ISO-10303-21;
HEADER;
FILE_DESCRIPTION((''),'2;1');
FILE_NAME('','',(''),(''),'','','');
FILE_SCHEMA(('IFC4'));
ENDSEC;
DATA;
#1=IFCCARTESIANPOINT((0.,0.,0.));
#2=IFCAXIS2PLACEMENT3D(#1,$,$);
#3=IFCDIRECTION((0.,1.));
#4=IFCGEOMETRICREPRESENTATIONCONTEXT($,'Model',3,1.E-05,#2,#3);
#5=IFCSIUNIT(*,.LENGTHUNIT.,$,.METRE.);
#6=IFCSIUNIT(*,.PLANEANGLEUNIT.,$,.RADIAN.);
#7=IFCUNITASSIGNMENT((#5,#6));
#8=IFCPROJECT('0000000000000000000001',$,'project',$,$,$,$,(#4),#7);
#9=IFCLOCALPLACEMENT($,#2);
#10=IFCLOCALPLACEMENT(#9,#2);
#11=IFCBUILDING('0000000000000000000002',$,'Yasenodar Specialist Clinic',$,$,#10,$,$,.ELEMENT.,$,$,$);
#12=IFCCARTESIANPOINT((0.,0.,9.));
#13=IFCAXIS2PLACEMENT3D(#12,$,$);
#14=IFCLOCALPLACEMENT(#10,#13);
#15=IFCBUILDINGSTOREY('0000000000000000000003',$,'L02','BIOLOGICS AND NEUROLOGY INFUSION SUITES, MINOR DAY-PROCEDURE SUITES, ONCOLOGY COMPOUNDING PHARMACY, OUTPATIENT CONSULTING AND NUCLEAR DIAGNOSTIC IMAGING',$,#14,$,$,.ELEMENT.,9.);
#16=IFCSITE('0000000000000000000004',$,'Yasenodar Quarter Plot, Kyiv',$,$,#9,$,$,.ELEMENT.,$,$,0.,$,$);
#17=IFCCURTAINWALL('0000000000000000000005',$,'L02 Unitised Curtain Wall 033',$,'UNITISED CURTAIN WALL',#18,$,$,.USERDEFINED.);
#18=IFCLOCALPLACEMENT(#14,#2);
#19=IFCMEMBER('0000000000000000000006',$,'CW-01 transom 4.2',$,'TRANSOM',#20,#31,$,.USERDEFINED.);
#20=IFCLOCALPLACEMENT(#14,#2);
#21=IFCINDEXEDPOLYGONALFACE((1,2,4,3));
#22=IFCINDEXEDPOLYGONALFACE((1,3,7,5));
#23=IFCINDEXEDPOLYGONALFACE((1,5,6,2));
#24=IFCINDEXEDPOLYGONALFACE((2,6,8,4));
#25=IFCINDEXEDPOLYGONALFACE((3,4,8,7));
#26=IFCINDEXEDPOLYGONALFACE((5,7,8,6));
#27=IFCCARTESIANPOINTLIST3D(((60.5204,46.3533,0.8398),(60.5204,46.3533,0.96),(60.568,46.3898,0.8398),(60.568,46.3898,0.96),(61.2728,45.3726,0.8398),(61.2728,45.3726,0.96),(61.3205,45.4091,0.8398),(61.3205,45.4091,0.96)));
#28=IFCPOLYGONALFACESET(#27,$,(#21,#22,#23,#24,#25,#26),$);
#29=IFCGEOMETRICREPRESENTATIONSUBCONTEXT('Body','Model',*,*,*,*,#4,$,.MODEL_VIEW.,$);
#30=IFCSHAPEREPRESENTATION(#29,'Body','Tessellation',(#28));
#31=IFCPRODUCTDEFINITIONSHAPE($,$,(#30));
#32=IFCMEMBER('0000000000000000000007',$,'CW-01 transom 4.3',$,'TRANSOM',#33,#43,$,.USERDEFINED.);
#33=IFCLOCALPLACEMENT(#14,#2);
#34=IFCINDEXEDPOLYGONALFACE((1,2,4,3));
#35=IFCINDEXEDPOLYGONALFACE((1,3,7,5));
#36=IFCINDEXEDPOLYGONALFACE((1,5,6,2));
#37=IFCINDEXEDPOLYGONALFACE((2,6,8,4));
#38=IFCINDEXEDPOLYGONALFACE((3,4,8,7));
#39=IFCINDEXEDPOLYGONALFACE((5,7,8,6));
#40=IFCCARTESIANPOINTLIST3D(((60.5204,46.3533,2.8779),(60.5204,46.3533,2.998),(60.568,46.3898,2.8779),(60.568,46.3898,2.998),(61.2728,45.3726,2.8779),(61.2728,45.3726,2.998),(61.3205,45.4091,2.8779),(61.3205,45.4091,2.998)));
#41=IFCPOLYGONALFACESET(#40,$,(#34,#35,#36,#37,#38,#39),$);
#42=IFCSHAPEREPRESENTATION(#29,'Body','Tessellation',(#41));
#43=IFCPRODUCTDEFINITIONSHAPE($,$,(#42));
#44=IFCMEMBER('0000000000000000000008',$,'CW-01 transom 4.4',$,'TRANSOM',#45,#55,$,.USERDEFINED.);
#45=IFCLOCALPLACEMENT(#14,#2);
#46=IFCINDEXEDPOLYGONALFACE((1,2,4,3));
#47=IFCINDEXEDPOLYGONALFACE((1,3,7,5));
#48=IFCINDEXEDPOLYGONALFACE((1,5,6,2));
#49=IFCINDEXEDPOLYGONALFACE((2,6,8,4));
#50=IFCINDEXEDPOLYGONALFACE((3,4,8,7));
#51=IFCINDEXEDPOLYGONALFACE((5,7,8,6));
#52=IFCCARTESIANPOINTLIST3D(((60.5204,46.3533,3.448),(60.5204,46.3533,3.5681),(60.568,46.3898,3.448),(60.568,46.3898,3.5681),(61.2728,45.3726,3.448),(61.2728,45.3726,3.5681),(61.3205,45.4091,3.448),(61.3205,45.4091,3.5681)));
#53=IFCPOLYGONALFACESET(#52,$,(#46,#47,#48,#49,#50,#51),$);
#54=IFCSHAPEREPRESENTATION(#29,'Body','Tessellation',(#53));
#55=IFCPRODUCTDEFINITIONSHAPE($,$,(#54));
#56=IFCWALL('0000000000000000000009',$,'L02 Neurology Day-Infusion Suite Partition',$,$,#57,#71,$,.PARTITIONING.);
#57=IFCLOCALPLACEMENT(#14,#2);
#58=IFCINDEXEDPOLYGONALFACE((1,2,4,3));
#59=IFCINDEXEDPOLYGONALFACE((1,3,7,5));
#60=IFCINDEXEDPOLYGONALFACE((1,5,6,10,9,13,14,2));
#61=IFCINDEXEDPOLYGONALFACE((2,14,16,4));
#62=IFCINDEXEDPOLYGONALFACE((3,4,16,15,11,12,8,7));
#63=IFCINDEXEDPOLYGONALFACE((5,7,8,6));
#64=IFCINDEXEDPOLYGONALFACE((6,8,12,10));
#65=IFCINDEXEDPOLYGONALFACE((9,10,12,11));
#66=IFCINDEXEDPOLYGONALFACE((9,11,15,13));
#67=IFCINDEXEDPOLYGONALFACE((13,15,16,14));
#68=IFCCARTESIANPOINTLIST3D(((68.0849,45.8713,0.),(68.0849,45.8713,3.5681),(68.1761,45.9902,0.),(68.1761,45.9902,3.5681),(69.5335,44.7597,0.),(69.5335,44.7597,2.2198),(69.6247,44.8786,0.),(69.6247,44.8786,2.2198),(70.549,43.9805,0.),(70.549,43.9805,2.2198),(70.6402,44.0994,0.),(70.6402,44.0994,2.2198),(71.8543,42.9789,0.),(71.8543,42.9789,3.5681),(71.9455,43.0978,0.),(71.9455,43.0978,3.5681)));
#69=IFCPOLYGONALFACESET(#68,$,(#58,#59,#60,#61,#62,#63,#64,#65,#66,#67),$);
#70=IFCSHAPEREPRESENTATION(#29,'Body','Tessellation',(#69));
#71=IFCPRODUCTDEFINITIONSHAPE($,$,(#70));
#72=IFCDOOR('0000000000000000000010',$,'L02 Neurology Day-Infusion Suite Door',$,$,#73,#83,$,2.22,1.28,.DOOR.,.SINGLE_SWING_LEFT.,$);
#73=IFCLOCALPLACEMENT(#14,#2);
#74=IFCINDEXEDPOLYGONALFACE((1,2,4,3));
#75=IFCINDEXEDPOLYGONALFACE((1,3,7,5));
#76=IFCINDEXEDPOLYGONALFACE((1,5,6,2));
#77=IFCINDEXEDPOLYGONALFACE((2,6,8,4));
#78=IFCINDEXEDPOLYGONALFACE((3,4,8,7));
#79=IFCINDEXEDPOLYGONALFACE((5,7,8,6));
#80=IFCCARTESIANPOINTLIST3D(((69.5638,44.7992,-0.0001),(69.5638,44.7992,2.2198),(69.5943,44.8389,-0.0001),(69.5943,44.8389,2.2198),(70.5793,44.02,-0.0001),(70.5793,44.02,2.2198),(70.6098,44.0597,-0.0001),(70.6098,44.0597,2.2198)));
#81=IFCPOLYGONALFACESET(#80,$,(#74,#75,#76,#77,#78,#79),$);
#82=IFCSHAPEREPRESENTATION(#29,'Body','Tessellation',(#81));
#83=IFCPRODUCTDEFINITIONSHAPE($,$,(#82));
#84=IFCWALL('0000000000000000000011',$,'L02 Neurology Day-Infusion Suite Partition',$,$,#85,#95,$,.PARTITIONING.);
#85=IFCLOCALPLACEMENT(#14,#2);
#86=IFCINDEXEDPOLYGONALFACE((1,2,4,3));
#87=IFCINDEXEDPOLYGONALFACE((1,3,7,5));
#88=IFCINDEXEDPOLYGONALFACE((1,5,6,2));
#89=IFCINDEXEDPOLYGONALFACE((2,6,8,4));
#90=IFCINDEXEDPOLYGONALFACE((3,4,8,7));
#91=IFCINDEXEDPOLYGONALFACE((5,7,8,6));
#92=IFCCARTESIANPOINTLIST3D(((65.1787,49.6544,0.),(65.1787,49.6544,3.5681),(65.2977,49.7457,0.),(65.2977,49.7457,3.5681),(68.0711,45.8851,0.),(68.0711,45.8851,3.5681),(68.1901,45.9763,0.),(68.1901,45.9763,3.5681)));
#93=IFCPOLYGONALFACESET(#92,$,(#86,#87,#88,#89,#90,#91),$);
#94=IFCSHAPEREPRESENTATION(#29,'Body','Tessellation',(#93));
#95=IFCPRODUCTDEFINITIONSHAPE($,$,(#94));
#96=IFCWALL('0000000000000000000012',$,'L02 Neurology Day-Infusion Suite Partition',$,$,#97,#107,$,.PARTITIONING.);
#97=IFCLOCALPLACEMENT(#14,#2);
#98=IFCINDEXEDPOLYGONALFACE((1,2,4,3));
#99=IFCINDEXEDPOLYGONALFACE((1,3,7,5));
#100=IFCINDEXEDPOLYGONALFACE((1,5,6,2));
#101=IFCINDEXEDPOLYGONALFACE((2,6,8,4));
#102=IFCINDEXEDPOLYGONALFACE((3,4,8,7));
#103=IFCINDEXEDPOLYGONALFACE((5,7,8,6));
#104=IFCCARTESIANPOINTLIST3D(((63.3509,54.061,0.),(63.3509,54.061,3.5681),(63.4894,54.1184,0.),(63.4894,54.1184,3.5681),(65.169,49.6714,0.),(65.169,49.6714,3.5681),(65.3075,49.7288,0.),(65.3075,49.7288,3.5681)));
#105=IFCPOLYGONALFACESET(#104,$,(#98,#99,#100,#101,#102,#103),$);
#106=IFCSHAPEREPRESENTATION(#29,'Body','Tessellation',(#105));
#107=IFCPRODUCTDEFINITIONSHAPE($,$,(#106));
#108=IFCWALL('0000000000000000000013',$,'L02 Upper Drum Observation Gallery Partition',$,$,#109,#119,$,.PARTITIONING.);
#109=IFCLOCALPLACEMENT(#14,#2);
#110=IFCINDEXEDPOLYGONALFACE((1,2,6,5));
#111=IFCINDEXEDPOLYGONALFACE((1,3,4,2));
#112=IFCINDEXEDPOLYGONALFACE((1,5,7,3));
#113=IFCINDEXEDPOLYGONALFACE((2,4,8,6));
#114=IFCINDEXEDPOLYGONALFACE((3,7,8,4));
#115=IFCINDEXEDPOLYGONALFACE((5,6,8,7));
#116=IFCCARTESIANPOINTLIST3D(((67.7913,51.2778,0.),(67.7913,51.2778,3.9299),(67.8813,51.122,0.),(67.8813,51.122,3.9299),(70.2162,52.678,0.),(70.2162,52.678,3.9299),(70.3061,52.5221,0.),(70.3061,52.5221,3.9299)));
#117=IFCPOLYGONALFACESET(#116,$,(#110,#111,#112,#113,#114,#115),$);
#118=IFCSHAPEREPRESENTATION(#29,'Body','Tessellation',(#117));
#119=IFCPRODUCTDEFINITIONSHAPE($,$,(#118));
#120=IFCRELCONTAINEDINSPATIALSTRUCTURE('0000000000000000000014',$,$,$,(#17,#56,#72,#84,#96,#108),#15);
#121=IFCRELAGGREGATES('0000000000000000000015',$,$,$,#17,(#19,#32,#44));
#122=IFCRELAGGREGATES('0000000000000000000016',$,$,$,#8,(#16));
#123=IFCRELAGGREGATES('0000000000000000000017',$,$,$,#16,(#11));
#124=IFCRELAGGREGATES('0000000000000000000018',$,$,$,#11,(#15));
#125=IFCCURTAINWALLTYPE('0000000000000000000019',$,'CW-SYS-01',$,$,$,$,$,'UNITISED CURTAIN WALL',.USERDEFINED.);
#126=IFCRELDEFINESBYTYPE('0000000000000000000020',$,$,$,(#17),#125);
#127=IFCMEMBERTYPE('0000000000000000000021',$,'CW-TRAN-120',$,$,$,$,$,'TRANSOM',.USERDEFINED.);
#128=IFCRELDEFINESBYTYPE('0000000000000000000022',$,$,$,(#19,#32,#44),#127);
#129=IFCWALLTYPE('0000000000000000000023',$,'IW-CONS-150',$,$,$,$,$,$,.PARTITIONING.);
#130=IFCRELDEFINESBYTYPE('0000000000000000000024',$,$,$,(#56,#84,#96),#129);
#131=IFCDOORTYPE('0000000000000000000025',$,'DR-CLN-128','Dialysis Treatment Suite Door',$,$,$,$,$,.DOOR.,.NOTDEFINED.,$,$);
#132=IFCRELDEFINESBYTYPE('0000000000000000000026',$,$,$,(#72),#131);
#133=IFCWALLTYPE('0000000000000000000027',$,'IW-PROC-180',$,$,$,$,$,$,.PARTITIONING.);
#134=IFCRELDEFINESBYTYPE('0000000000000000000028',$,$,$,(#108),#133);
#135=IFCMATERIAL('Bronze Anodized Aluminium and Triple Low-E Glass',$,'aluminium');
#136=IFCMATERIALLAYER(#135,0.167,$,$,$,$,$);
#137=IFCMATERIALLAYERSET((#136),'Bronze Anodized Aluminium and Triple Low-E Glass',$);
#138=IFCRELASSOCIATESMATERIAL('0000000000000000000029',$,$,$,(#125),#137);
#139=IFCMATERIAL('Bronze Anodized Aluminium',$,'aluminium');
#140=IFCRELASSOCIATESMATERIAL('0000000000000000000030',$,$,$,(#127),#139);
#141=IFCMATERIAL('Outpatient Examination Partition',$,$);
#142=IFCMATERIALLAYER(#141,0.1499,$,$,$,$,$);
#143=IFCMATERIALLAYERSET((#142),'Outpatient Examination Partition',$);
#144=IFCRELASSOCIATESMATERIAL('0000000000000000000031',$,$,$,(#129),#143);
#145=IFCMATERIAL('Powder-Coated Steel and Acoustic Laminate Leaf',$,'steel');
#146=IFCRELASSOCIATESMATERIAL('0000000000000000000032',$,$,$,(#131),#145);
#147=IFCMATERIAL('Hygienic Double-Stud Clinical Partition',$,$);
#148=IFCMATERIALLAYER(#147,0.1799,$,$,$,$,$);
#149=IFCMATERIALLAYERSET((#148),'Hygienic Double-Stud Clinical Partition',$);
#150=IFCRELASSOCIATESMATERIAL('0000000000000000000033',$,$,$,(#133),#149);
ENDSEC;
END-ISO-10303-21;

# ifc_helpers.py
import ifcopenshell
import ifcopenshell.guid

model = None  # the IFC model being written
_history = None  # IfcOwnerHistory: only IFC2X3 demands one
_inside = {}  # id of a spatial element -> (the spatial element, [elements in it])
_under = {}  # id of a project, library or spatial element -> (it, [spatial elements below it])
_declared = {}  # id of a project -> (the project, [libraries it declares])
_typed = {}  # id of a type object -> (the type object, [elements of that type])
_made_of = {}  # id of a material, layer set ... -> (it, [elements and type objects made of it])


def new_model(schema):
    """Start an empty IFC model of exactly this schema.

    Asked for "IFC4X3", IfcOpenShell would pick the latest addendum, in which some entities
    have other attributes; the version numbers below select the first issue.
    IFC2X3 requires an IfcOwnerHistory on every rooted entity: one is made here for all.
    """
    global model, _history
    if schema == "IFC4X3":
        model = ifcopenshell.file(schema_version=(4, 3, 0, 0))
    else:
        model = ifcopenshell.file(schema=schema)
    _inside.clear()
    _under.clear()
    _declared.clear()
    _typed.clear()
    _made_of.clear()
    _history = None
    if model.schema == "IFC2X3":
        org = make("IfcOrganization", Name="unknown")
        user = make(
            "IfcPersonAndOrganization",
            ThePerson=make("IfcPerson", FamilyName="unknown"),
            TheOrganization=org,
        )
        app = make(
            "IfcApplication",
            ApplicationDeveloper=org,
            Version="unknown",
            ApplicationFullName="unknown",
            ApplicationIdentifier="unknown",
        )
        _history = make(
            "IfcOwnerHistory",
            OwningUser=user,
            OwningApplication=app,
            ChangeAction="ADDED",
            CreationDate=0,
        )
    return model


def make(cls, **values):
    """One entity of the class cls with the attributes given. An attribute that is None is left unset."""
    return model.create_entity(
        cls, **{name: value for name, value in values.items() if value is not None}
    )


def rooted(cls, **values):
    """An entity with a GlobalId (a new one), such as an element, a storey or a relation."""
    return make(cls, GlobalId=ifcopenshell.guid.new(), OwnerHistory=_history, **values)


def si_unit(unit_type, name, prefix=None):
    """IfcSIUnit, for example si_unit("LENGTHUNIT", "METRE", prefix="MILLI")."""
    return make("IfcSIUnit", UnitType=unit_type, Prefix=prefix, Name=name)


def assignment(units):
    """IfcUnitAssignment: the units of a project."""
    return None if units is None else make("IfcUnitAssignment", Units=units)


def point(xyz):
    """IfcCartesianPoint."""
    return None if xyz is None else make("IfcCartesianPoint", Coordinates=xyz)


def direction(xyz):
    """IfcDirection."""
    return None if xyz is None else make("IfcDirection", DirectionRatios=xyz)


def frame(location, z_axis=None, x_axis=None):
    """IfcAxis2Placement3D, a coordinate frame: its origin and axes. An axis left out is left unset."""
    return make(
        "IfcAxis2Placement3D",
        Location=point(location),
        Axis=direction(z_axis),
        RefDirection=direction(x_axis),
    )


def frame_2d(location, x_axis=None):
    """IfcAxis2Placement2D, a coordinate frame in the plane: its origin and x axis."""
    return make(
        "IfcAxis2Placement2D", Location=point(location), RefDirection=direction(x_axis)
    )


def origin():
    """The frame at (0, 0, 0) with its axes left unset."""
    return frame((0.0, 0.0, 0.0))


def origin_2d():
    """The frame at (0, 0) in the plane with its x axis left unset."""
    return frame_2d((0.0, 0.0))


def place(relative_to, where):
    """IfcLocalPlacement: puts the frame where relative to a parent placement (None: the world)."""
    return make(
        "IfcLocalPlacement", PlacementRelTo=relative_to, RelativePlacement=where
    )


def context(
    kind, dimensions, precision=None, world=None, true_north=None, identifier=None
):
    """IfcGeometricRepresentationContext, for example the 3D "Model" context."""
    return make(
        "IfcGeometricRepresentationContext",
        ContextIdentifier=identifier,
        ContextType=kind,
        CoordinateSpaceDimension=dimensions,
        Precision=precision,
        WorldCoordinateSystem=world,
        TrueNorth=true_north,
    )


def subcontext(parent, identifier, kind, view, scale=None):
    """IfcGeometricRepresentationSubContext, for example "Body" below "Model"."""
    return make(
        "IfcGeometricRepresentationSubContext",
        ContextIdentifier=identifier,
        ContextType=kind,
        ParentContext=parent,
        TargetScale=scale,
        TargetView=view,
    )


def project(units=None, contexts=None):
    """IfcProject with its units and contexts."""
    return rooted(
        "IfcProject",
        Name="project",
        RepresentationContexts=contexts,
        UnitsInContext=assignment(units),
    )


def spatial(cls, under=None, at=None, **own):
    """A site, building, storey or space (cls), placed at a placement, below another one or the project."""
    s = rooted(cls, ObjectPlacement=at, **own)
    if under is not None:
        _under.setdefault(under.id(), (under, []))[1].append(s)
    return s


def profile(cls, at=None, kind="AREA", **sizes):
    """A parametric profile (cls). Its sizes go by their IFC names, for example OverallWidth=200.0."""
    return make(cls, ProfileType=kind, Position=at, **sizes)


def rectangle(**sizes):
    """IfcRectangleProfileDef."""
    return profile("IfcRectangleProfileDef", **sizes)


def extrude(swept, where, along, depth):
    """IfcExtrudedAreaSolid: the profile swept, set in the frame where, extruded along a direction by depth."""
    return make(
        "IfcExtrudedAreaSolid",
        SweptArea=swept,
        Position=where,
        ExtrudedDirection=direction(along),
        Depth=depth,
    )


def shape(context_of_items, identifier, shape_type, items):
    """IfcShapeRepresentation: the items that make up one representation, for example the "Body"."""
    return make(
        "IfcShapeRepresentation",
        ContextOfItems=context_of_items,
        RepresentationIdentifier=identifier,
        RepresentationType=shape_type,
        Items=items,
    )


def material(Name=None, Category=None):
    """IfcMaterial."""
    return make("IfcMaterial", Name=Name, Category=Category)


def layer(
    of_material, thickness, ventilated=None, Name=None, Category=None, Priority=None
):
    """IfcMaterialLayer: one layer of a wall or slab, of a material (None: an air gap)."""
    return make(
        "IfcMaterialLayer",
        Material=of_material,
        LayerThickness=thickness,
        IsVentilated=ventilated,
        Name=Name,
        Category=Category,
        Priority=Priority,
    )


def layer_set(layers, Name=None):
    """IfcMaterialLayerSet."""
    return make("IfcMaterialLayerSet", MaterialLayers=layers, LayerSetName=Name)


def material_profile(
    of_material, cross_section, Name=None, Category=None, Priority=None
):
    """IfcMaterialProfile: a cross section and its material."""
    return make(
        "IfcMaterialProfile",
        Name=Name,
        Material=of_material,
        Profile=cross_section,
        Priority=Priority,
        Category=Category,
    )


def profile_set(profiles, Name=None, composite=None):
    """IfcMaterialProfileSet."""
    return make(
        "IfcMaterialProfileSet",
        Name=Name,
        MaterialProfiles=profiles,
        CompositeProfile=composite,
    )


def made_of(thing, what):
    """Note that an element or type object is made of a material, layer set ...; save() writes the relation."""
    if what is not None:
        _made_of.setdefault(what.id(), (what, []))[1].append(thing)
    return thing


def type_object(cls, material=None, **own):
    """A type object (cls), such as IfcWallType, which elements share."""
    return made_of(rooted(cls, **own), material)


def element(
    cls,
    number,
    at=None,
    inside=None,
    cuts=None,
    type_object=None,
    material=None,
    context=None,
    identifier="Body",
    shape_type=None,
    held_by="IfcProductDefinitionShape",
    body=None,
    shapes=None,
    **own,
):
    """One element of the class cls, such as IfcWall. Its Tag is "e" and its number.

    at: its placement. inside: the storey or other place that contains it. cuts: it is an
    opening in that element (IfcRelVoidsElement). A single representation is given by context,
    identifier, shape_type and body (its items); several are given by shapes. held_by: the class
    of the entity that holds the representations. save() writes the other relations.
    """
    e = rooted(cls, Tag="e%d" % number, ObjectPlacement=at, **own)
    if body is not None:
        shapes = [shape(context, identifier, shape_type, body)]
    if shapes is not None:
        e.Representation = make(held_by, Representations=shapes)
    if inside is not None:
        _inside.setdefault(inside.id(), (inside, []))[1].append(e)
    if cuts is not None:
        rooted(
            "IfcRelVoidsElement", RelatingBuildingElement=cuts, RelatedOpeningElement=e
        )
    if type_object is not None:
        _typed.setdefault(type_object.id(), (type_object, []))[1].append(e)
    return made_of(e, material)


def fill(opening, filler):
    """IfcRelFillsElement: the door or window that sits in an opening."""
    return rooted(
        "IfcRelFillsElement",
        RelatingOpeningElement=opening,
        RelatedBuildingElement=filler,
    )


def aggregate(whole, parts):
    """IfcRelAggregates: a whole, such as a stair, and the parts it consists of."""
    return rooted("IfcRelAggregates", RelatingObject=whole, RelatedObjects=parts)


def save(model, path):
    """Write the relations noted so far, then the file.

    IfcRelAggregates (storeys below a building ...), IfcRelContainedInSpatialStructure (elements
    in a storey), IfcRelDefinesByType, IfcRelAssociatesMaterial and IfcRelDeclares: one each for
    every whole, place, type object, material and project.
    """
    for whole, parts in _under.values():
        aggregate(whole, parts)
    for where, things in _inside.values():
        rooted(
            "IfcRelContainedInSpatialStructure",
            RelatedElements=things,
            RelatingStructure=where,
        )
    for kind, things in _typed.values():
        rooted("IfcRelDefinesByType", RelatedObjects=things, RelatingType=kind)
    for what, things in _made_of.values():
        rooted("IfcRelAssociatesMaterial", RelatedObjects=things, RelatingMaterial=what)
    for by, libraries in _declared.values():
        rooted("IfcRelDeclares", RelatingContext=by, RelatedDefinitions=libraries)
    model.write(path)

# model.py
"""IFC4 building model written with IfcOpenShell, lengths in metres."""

from ifc_helpers import new_model, si_unit, direction, frame, frame_2d, origin, origin_2d, place, context, subcontext, project, spatial, rectangle, extrude, material, layer, layer_set, material_profile, profile_set, type_object, element, fill, aggregate, save


model = new_model("IFC4")

# Units and contexts
model_context = context("Model", 3, precision=1e-05, world=origin(), true_north=direction((0.0, 1.0)))
body_context = subcontext(model_context, "Body", "Model", "MODEL_VIEW")
ifc_project = project(units=[si_unit("LENGTHUNIT", "METRE"), si_unit("PLANEANGLEUNIT", "RADIAN")], contexts=[model_context])

# Site, building, storey
site_placement = place(None, origin())
site = spatial("IfcSite", under=ifc_project, at=site_placement, Name="Yasenodar Quarter Plot, Kyiv", CompositionType="ELEMENT", RefElevation=0.0)
building_placement = place(site_placement, origin())
building = spatial("IfcBuilding", under=site, at=building_placement, Name="Yasenodar Specialist Clinic", CompositionType="ELEMENT")
storey_placement = place(building_placement, frame((0.0, 0.0, 9.0)))
storey = spatial("IfcBuildingStorey", under=building, at=storey_placement, Name="L02", Description="BIOLOGICS AND NEUROLOGY INFUSION SUITES, MINOR DAY-PROCEDURE SUITES, ONCOLOGY COMPOUNDING PHARMACY, OUTPATIENT CONSULTING AND NUCLEAR DIAGNOSTIC IMAGING", CompositionType="ELEMENT", Elevation=9.0)

# Curtain wall, members
ifc_material_1 = material(Name="Bronze Anodized Aluminium and Triple Low-E Glass", Category="aluminium")
ifc_layer_1 = layer(ifc_material_1, 0.167)
ifc_layer_set_1 = layer_set([ifc_layer_1], Name="Bronze Anodized Aluminium and Triple Low-E Glass")
curtain_wall_type = type_object("IfcCurtainWallType", Name="CW-SYS-01", ElementType="UNITISED CURTAIN WALL", PredefinedType="USERDEFINED", material=ifc_layer_set_1)
curtain_wall_placement = place(storey_placement, origin())
curtain_wall = element("IfcCurtainWall", 1, at=curtain_wall_placement, inside=storey, type_object=curtain_wall_type, Name="L02 Unitised Curtain Wall 033", ObjectType="UNITISED CURTAIN WALL", PredefinedType="USERDEFINED")
ifc_material_2 = material(Name="Bronze Anodized Aluminium", Category="aluminium")
ifc_material_profile_1 = material_profile(ifc_material_2, rectangle(XDim=0.0601, YDim=0.1201, at=origin_2d()), Name="CW-TRAN 60x120")
ifc_profile_set_1 = profile_set([ifc_material_profile_1], Name="Bronze Anodized Aluminium")
member_type = type_object("IfcMemberType", Name="CW-TRAN-120", ElementType="TRANSOM", PredefinedType="USERDEFINED", material=ifc_profile_set_1)
member_1_placement = place(storey_placement, frame((61.2966, 45.3909, 0.8999), z_axis=(-0.608718, 0.793387, 0.0), x_axis=(-0.793387, -0.608718, 0.0)))
member_1 = element("IfcMember", 2, at=member_1_placement, type_object=member_type, Name="CW-01 transom 4.2", ObjectType="TRANSOM", PredefinedType="USERDEFINED", context=body_context, shape_type="SweptSolid", body=[
    extrude(rectangle(XDim=0.0601, YDim=0.1201, at=origin_2d()), origin(), (0.0, 0.0, 1.0), 1.2361),
])
member_2_placement = place(storey_placement, frame((61.2966, 45.3909, 2.938), z_axis=(-0.608718, 0.793387, 0.0), x_axis=(-0.793387, -0.608718, 0.0)))
member_2 = element("IfcMember", 3, at=member_2_placement, type_object=member_type, Name="CW-01 transom 4.3", ObjectType="TRANSOM", PredefinedType="USERDEFINED", context=body_context, shape_type="SweptSolid", body=[
    extrude(rectangle(XDim=0.0601, YDim=0.1201, at=origin_2d()), origin(), (0.0, 0.0, 1.0), 1.2361),
])
member_3_placement = place(storey_placement, frame((61.2966, 45.3909, 3.5081), z_axis=(-0.608718, 0.793387, 0.0), x_axis=(-0.793387, -0.608718, 0.0)))
member_3 = element("IfcMember", 4, at=member_3_placement, type_object=member_type, Name="CW-01 transom 4.4", ObjectType="TRANSOM", PredefinedType="USERDEFINED", context=body_context, shape_type="SweptSolid", body=[
    extrude(rectangle(XDim=0.0601, YDim=0.1201, at=origin_2d()), origin(), (0.0, 0.0, 1.0), 1.2361),
])
aggregate(curtain_wall, [member_1, member_2, member_3])

# Wall, opening, door
ifc_material_3 = material(Name="Outpatient Examination Partition")
ifc_layer_2 = layer(ifc_material_3, 0.1499)
ifc_layer_set_2 = layer_set([ifc_layer_2], Name="Outpatient Examination Partition")
wall_type_1 = type_object("IfcWallType", Name="IW-CONS-150", PredefinedType="PARTITIONING", material=ifc_layer_set_2)
wall_1_placement = place(storey_placement, frame((68.1306, 45.9307, 0.0), z_axis=(0.0, 0.0, 1.0), x_axis=(0.793347, -0.608769, 0.0)))
wall_1 = element("IfcWall", 5, at=wall_1_placement, inside=storey, type_object=wall_type_1, Name="L02 Neurology Day-Infusion Suite Partition", PredefinedType="PARTITIONING", context=body_context, shape_type="SweptSolid", body=[
    extrude(rectangle(XDim=4.7512, YDim=0.1499, at=frame_2d((2.3755, 0.0))), origin(), (0.0, 0.0, 1.0), 3.5681),
])
opening_placement = place(wall_1_placement, frame((1.8257, 0.0, 0.0)))
opening = element("IfcOpeningElement", 6, at=opening_placement, cuts=wall_1, PredefinedType="OPENING", context=body_context, shape_type="SweptSolid", body=[
    extrude(rectangle(XDim=1.28, YDim=2.22, at=frame_2d((0.6401, 1.1099))), frame((0.0, 0.085, 0.0), z_axis=(0.0, -1.0, 0.0), x_axis=(1.0, 0.0, 0.0)), (0.0, 0.0, 1.0), 0.1699),
])
ifc_material_4 = material(Name="Powder-Coated Steel and Acoustic Laminate Leaf", Category="steel")
door_type = type_object("IfcDoorType", Name="DR-CLN-128", Description="Dialysis Treatment Suite Door", OperationType="NOTDEFINED", PredefinedType="DOOR", material=ifc_material_4)
door_placement = place(opening_placement, origin())
door = element("IfcDoor", 7, at=door_placement, inside=storey, type_object=door_type, Name="L02 Neurology Day-Infusion Suite Door", OperationType="SINGLE_SWING_LEFT", OverallHeight=2.22, OverallWidth=1.28, PredefinedType="DOOR", context=body_context, shape_type="SweptSolid", body=[
    extrude(rectangle(XDim=1.28, YDim=2.22, at=frame_2d((0.6401, 1.1099))), frame((0.0, 0.0249, 0.0), z_axis=(0.0, -1.0, 0.0), x_axis=(1.0, 0.0, 0.0)), (0.0, 0.0, 1.0), 0.05),
])
fill(opening, door)

# Walls
for number, where, z_axis, x_axis, name in (
    (8, (65.2383, 49.7, 0.0), (0.0, 0.0, 1.0), (0.608769, -0.793347, 0.0), "L02 Neurology Day-Infusion Suite Partition"),
    (9, (63.4202, 54.0896, 0.0), (0.0, 0.0, 1.0), (0.382659, -0.92389, 0.0), "L02 Neurology Day-Infusion Suite Partition"),
):
    element("IfcWall", number, at=place(storey_placement, frame(where, z_axis=z_axis, x_axis=x_axis)), inside=storey, type_object=wall_type_1, Name=name, PredefinedType="PARTITIONING", context=body_context, shape_type="SweptSolid", body=[
        extrude(rectangle(XDim=4.7512, YDim=0.1499, at=frame_2d((2.3755, 0.0))), origin(), (0.0, 0.0, 1.0), 3.5681),
    ])
ifc_material_5 = material(Name="Hygienic Double-Stud Clinical Partition")
ifc_layer_3 = layer(ifc_material_5, 0.1799)
ifc_layer_set_3 = layer_set([ifc_layer_3], Name="Hygienic Double-Stud Clinical Partition")
wall_type_2 = type_object("IfcWallType", Name="IW-PROC-180", PredefinedType="PARTITIONING", material=ifc_layer_set_3)
wall_2_placement = place(storey_placement, frame((67.8364, 51.2, 0.0), z_axis=(0.0, 0.0, 1.0), x_axis=(0.865997, 0.50005, 0.0)))
element("IfcWall", 10, at=wall_2_placement, inside=storey, type_object=wall_type_2, Name="L02 Upper Drum Observation Gallery Partition", PredefinedType="PARTITIONING", context=body_context, shape_type="SweptSolid", body=[
    extrude(rectangle(XDim=2.8, YDim=0.1799, at=frame_2d((1.3999, 0.0))), origin(), (0.0, 0.0, 1.0), 3.9299),
])

save(model, "model.ifc")
